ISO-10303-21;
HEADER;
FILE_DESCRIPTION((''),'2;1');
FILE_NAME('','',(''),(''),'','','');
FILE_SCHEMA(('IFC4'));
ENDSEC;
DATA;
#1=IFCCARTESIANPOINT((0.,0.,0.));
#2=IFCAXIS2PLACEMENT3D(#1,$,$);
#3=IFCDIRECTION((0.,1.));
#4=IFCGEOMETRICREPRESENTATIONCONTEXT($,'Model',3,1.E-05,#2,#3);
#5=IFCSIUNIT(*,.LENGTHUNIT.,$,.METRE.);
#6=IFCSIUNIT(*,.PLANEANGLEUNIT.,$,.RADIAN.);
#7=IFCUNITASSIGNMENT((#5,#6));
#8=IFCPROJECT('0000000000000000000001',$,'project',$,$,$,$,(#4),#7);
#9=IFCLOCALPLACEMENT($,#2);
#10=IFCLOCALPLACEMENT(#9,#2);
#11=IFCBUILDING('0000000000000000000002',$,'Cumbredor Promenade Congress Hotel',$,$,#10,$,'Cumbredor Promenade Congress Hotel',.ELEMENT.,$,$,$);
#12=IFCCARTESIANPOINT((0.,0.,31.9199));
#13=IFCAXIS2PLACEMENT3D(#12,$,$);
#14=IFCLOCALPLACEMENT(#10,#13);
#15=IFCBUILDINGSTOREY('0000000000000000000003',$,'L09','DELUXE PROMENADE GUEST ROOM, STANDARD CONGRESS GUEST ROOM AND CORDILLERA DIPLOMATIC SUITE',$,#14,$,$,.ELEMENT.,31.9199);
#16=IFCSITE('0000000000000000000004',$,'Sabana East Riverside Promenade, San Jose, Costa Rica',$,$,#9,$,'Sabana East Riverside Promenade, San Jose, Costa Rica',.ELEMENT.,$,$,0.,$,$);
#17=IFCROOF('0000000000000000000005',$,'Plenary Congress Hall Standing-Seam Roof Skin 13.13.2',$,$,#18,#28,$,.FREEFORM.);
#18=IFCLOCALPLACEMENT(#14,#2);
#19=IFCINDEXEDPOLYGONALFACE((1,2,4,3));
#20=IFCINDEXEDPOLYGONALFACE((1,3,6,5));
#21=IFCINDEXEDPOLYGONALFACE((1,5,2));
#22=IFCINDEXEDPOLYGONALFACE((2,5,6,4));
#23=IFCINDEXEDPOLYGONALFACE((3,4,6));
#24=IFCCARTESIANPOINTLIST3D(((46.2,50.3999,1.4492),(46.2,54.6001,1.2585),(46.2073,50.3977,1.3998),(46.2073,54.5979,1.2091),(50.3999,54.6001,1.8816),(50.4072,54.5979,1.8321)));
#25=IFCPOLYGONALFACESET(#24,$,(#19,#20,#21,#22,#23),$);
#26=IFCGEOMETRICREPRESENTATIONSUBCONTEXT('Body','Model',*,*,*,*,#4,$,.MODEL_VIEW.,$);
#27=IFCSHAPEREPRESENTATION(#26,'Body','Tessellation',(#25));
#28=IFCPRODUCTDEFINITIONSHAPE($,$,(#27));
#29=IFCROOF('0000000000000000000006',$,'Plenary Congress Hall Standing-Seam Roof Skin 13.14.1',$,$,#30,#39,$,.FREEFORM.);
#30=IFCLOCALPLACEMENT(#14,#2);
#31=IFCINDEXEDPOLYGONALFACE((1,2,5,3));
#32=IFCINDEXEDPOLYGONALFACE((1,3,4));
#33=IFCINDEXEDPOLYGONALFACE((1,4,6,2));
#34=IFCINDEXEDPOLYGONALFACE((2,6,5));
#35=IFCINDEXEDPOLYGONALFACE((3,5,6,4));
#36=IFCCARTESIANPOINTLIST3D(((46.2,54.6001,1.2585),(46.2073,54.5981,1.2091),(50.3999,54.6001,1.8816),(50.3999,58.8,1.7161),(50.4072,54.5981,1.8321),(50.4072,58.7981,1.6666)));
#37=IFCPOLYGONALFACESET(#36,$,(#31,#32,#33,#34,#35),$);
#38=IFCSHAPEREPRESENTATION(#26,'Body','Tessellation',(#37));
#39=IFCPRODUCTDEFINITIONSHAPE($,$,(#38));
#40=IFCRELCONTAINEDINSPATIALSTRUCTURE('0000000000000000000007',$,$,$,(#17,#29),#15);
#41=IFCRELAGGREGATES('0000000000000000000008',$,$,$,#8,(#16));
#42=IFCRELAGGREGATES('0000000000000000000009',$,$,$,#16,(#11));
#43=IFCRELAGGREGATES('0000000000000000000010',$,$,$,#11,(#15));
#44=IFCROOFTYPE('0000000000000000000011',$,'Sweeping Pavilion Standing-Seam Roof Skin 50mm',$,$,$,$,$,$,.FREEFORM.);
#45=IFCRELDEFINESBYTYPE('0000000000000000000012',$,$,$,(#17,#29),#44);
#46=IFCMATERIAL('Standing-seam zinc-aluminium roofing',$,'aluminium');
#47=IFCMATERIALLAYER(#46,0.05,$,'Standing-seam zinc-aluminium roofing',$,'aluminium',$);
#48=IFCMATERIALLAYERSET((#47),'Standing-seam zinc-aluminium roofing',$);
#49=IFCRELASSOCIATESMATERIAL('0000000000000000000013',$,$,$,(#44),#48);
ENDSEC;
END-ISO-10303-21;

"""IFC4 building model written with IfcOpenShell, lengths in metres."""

from ifc_helpers import new_model, si_unit, direction, frame, origin, place, context, subcontext, project, spatial, polyline, outline, extrude, material, layer, layer_set, type_object, element, save


model = new_model("IFC4")

# Units and contexts
model_context = context("Model", 3, precision=1e-05, world=origin(), true_north=direction((0.0, 1.0)))
body_context = subcontext(model_context, "Body", "Model", "MODEL_VIEW")
ifc_project = project(units=[si_unit("LENGTHUNIT", "METRE"), si_unit("PLANEANGLEUNIT", "RADIAN")], contexts=[model_context])

# Site, building, storey
site_placement = place(None, origin())
site = spatial("IfcSite", under=ifc_project, at=site_placement, Name="Sabana East Riverside Promenade, San Jose, Costa Rica", LongName="Sabana East Riverside Promenade, San Jose, Costa Rica", CompositionType="ELEMENT", RefElevation=0.0)
building_placement = place(site_placement, origin())
building = spatial("IfcBuilding", under=site, at=building_placement, Name="Cumbredor Promenade Congress Hotel", LongName="Cumbredor Promenade Congress Hotel", CompositionType="ELEMENT")
storey_placement = place(building_placement, frame((0.0, 0.0, 31.9199)))
storey = spatial("IfcBuildingStorey", under=building, at=storey_placement, Name="L09", Description="DELUXE PROMENADE GUEST ROOM, STANDARD CONGRESS GUEST ROOM AND CORDILLERA DIPLOMATIC SUITE", CompositionType="ELEMENT", Elevation=31.9199)

# Roofs
ifc_material_1 = material(Name="Standing-seam zinc-aluminium roofing", Category="aluminium")
ifc_layer_1 = layer(ifc_material_1, 0.05, Name="Standing-seam zinc-aluminium roofing", Category="aluminium")
ifc_layer_set_1 = layer_set([ifc_layer_1], Name="Standing-seam zinc-aluminium roofing")
roof_type = type_object("IfcRoofType", Name="Sweeping Pavilion Standing-Seam Roof Skin 50mm", PredefinedType="FREEFORM", material=ifc_layer_set_1)
roof_1_placement = place(storey_placement, frame((46.2, 50.3999, 1.4492), z_axis=(-0.146593, 0.04486, 0.988179), x_axis=(0.70522, 0.705261, 0.0726)))
element("IfcRoof", 1, at=roof_1_placement, inside=storey, type_object=roof_type, Name="Plenary Congress Hall Standing-Seam Roof Skin 13.13.2", PredefinedType="FREEFORM", context=body_context, shape_type="SweptSolid", body=[
    extrude(outline(polyline([(0.0, 0.0), (5.9555, 0.0), (2.9484, 2.9975), (0.0, 0.0)])), origin(), (0.0, 0.0, -1.0), 0.05),
])
roof_2_placement = place(storey_placement, frame((46.2, 54.6001, 1.2585), z_axis=(-0.146629, 0.038956, 0.988424), x_axis=(0.989175, 0.0, 0.14674)))
element("IfcRoof", 2, at=roof_2_placement, inside=storey, type_object=roof_type, Name="Plenary Congress Hall Standing-Seam Roof Skin 13.14.1", PredefinedType="FREEFORM", context=body_context, shape_type="SweptSolid", body=[
    extrude(outline(polyline([(0.0, 0.0), (4.2459, 0.0), (4.2216, 4.2031), (0.0, 0.0)])), origin(), (0.0, 0.0, -1.0), 0.05),
])

save(model, "model.ifc")
